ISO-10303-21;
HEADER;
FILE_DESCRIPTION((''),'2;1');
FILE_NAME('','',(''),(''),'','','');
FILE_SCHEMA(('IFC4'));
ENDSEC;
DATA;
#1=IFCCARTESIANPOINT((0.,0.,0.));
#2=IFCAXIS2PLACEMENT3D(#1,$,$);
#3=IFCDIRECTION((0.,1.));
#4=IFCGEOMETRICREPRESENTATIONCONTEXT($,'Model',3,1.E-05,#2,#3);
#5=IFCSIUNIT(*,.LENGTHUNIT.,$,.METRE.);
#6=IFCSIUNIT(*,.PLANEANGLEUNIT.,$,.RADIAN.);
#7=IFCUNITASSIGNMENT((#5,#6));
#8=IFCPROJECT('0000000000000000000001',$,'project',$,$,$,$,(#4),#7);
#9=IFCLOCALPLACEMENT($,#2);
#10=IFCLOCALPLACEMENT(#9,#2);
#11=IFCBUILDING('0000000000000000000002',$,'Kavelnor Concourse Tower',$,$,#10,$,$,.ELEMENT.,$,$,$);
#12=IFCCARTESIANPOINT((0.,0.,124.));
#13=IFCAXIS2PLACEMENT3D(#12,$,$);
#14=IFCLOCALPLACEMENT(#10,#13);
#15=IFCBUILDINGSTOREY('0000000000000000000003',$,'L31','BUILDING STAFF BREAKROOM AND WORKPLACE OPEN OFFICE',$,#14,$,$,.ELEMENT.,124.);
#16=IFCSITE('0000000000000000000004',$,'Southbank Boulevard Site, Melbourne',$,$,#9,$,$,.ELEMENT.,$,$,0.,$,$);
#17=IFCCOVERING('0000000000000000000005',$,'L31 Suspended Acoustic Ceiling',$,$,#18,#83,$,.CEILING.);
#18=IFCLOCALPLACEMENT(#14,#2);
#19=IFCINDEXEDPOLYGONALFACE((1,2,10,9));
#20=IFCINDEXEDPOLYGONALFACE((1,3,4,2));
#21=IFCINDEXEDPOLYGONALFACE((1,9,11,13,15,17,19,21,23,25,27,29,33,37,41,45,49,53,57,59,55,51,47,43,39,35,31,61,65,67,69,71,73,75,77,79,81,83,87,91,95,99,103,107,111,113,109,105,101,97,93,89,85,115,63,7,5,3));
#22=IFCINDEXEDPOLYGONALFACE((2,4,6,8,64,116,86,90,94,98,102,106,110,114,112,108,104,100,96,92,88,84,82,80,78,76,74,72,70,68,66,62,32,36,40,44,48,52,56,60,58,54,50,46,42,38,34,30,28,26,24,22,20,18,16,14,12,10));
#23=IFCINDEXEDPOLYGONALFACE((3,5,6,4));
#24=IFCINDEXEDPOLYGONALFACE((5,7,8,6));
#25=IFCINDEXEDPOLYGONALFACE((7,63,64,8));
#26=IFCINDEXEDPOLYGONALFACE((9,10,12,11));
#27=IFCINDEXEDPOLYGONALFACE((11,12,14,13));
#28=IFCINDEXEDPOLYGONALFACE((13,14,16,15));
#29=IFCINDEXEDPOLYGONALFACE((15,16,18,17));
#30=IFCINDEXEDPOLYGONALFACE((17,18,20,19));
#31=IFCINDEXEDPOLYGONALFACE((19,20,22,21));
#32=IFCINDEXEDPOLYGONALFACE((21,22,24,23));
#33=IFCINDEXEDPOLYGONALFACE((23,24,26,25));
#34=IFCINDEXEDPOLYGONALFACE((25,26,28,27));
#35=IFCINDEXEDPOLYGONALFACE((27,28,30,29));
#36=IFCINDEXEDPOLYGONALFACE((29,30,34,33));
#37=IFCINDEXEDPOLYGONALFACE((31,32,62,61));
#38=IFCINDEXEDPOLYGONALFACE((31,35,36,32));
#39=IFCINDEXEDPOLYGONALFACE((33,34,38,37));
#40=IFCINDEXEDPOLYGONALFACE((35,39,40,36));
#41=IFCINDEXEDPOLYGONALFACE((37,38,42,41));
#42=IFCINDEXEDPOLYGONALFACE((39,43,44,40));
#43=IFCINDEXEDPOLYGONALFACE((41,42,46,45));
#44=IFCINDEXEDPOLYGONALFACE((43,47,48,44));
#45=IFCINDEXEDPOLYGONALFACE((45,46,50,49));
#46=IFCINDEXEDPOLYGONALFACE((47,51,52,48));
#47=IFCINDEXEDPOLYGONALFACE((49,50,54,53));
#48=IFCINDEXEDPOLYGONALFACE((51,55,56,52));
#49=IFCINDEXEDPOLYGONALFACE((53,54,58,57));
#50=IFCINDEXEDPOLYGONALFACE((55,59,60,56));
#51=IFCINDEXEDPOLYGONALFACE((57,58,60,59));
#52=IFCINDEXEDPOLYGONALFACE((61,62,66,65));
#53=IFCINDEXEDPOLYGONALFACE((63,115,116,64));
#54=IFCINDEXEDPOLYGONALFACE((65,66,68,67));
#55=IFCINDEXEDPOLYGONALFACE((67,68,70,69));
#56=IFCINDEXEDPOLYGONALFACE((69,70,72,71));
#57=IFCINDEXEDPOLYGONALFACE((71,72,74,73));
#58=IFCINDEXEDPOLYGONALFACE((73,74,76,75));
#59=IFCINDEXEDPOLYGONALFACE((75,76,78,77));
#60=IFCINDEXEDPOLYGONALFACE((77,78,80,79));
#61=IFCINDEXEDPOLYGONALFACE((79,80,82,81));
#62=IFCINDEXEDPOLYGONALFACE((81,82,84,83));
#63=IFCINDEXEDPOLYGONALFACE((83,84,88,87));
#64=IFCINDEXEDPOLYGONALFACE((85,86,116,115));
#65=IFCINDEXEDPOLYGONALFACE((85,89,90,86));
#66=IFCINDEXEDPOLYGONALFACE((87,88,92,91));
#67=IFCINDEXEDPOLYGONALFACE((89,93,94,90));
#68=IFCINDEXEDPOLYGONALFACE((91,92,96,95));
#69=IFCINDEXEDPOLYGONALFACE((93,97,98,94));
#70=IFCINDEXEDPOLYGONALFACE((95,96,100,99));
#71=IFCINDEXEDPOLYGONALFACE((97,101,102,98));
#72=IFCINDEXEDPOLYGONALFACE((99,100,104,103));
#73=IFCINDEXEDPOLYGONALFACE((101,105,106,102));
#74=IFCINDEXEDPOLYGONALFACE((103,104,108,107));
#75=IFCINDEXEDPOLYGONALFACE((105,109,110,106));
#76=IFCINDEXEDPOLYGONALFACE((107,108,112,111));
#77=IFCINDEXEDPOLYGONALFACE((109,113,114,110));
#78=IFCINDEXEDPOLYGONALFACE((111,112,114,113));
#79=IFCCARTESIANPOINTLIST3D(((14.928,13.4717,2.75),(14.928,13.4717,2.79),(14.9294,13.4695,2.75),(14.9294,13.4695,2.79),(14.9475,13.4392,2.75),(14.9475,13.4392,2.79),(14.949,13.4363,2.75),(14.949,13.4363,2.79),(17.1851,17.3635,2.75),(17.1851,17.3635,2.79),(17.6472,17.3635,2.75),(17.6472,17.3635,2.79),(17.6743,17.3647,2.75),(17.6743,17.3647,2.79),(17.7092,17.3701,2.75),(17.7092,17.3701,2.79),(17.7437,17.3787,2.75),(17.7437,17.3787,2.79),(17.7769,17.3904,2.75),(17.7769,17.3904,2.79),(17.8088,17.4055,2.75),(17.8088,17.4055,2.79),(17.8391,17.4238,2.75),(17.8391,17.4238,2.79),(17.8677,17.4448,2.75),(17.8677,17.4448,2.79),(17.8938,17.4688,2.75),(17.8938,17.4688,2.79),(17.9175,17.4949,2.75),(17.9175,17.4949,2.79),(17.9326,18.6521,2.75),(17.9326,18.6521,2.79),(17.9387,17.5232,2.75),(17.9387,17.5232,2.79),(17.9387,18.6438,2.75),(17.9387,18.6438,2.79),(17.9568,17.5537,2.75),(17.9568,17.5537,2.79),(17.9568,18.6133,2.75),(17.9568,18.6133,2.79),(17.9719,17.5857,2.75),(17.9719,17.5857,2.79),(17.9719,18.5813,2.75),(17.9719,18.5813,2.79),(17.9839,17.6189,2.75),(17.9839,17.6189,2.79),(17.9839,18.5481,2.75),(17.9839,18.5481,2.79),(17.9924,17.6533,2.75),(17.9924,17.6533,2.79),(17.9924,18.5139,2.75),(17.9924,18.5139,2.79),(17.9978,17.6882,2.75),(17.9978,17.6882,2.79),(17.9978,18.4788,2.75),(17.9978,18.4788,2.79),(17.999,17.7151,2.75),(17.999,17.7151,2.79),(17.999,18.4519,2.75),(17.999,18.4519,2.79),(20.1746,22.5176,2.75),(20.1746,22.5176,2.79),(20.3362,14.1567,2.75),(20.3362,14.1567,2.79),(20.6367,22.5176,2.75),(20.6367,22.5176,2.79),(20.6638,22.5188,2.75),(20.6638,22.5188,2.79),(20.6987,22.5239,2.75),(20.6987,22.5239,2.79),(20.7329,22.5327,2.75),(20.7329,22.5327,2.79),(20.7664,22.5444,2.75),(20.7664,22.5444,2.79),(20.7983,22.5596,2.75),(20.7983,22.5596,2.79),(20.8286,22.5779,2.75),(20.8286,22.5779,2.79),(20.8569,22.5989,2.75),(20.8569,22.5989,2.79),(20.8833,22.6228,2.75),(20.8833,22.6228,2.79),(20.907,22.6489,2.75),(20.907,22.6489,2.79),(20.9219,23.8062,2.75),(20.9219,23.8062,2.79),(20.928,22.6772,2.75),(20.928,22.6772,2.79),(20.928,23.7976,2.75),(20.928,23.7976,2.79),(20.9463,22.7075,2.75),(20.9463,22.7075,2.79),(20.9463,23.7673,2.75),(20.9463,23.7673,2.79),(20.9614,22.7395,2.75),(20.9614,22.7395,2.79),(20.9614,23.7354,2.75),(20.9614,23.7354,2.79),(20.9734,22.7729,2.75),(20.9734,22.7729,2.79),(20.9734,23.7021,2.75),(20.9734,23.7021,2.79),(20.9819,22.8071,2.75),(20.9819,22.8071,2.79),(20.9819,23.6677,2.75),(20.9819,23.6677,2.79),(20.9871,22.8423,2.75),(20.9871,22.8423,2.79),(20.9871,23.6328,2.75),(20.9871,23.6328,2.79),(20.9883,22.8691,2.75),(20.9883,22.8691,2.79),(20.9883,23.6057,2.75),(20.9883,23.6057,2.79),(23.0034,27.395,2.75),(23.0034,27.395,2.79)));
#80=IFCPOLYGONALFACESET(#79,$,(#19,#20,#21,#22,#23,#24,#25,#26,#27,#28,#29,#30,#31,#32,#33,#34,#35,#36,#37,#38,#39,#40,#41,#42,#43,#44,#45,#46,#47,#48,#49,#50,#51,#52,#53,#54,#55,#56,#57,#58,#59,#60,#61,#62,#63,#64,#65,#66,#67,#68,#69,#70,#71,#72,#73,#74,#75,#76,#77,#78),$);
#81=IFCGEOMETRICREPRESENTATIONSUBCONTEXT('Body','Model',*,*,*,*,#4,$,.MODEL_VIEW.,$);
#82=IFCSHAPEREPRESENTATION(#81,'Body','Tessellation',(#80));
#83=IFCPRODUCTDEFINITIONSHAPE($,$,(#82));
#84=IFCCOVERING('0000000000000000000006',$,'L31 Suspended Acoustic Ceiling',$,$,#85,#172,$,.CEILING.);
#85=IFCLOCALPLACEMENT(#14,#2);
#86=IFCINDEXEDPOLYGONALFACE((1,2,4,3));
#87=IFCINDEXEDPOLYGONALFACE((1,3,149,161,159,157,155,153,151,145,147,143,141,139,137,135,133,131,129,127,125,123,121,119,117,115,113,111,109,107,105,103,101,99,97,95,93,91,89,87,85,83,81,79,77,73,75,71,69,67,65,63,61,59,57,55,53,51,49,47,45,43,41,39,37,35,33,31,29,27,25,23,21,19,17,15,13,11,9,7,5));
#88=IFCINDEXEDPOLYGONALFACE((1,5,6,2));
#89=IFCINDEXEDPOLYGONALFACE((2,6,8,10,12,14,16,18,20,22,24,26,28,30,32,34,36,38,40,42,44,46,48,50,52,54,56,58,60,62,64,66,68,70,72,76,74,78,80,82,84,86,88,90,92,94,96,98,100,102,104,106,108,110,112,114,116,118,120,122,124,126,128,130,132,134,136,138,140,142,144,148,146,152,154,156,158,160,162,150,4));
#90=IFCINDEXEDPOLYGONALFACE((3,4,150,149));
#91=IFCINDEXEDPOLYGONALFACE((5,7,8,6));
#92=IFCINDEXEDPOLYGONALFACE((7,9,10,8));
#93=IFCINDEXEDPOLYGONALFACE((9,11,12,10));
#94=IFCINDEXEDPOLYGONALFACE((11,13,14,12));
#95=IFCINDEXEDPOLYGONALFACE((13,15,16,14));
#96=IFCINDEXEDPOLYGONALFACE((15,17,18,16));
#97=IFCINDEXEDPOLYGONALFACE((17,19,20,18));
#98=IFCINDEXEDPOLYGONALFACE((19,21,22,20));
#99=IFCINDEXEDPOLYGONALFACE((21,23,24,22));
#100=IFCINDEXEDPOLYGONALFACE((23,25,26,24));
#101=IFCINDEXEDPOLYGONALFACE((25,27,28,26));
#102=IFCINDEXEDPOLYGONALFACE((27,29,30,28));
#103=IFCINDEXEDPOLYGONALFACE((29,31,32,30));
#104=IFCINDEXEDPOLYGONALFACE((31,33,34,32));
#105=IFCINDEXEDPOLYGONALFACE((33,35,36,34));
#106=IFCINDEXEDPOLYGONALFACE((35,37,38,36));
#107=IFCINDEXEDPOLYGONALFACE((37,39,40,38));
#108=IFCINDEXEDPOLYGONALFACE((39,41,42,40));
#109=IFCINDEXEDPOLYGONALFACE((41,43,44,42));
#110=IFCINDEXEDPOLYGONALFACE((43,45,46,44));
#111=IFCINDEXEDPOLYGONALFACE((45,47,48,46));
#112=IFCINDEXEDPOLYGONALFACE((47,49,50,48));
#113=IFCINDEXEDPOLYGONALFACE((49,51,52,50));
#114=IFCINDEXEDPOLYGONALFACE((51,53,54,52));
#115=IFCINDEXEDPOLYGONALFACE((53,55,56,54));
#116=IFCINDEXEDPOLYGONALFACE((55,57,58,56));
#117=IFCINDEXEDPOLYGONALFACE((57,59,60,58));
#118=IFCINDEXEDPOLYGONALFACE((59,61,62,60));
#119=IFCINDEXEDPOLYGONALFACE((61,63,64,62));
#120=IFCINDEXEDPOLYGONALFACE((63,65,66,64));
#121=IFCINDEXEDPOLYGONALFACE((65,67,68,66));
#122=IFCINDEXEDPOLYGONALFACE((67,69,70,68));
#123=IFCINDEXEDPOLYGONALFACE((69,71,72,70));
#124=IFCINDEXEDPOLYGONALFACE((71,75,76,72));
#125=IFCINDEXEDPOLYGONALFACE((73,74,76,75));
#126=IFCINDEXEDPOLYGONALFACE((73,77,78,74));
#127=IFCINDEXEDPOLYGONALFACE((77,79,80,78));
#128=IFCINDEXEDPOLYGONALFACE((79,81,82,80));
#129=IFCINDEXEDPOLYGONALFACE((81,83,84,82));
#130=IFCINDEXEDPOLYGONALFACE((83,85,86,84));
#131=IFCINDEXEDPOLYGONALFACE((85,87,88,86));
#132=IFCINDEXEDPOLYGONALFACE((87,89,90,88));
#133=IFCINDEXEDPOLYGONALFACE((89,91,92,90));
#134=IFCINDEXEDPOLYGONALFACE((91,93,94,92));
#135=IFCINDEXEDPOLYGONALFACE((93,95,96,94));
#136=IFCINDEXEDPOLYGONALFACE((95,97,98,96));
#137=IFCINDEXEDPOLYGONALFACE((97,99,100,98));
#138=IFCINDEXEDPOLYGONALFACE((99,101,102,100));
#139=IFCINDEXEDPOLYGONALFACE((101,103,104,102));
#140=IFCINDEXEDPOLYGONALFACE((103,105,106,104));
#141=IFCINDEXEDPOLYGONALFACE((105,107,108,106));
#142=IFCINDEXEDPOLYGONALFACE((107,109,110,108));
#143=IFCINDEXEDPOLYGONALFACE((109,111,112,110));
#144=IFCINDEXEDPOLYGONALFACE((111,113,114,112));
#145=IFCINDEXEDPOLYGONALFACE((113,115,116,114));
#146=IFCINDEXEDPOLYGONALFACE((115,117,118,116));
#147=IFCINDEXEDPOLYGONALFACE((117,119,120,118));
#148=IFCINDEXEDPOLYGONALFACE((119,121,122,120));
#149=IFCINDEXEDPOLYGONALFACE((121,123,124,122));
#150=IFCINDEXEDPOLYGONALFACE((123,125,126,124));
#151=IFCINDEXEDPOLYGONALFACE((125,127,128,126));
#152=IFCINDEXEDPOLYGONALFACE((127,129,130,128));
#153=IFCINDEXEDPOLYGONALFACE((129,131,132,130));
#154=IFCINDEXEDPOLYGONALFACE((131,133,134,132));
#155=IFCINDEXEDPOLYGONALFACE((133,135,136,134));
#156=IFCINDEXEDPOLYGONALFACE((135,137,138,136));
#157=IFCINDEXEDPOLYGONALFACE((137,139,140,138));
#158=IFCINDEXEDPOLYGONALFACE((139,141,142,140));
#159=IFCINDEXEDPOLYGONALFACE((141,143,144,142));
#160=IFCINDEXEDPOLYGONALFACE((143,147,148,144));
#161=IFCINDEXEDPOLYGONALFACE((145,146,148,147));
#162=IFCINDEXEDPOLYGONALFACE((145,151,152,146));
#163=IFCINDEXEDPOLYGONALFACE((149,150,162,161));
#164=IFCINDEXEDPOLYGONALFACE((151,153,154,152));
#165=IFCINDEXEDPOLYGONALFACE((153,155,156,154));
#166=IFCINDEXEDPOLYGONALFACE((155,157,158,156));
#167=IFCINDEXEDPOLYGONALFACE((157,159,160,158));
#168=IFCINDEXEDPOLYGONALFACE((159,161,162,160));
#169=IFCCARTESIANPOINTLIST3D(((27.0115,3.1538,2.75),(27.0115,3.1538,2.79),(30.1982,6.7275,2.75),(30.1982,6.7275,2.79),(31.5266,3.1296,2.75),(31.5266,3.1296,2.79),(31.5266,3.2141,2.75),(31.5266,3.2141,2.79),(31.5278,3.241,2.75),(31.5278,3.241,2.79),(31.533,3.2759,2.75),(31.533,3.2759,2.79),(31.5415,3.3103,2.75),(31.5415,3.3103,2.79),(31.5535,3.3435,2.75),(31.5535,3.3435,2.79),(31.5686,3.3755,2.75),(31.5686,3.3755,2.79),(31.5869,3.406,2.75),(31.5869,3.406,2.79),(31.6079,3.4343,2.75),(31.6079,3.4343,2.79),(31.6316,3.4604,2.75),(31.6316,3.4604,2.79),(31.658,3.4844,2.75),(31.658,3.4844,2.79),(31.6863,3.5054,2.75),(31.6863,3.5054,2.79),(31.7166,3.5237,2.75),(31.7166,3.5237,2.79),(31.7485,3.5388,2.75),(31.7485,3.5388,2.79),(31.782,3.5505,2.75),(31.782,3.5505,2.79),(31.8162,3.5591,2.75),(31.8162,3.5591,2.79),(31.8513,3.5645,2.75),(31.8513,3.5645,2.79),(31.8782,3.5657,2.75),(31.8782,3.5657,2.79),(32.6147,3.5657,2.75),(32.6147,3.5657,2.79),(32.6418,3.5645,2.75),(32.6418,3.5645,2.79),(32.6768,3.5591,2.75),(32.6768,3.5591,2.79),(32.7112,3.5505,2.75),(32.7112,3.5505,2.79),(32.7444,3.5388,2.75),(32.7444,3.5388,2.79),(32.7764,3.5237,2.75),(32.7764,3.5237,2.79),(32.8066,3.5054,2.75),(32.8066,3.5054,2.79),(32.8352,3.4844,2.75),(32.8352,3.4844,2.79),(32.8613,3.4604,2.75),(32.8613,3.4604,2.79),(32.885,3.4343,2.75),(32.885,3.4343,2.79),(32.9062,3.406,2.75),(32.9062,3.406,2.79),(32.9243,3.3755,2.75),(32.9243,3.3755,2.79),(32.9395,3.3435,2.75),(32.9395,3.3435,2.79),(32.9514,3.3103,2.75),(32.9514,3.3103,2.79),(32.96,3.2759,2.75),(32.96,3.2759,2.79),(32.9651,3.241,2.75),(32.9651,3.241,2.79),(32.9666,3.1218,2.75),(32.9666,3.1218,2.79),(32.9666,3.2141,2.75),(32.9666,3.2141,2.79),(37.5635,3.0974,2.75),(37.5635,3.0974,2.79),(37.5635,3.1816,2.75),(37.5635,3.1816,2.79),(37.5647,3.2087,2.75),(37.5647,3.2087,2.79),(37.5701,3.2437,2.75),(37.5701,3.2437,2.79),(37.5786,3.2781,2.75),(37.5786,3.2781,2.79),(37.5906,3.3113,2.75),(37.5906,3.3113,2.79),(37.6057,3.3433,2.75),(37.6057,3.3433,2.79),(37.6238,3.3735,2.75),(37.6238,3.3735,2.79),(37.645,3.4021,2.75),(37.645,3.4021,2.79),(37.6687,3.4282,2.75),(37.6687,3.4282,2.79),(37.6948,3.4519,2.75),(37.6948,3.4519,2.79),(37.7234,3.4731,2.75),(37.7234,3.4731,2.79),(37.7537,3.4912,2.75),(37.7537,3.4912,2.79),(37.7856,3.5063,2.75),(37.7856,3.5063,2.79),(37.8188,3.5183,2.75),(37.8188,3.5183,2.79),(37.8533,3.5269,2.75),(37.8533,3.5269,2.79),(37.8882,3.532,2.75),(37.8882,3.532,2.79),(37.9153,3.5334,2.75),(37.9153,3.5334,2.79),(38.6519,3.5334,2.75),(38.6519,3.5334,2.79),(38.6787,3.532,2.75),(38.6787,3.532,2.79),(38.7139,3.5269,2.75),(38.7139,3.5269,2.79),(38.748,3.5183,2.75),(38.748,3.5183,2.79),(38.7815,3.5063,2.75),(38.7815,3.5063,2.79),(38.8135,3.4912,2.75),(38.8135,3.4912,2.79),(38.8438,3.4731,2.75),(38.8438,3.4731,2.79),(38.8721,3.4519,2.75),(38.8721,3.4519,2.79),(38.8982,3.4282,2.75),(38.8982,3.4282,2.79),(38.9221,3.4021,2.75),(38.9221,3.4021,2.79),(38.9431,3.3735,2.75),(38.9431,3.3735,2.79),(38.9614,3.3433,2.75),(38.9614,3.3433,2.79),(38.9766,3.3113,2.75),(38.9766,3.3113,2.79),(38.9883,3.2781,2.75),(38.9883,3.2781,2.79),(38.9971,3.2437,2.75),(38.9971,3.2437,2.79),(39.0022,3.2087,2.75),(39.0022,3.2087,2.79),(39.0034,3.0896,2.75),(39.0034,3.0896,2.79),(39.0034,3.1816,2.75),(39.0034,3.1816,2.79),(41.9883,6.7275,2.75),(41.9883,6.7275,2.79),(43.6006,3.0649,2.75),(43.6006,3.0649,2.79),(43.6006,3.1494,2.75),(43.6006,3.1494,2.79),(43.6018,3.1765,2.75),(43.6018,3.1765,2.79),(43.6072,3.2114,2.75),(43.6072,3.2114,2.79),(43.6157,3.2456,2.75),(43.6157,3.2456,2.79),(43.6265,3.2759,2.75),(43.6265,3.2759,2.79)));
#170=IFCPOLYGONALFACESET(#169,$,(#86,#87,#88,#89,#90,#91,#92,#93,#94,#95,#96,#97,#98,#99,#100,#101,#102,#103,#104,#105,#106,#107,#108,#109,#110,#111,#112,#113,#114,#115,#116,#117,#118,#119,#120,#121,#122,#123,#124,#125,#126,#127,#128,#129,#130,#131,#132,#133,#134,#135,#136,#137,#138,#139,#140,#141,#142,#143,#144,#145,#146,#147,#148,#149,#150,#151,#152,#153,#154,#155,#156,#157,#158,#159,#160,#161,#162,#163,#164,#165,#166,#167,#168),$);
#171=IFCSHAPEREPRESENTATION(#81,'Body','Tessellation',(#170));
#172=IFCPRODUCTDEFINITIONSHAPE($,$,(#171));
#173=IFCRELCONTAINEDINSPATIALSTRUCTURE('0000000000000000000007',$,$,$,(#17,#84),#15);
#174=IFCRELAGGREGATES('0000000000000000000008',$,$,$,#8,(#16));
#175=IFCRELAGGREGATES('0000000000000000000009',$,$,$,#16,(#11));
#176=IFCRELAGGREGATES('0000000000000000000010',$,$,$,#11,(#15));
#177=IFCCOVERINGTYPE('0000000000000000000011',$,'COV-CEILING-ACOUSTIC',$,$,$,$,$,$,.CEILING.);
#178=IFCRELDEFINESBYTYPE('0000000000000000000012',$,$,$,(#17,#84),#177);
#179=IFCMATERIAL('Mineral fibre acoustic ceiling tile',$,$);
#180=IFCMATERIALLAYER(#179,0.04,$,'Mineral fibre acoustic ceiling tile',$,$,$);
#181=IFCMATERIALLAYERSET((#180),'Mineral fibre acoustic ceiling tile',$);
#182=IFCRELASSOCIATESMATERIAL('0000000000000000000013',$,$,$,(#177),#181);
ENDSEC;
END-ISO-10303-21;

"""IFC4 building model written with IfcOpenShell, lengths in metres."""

from ifc_helpers import new_model, si_unit, direction, frame, origin, place, context, subcontext, project, spatial, polyline, outline, extrude, material, layer, layer_set, type_object, element, save


model = new_model("IFC4")

# Units and contexts
model_context = context("Model", 3, precision=1e-05, world=origin(), true_north=direction((0.0, 1.0)))
body_context = subcontext(model_context, "Body", "Model", "MODEL_VIEW")
ifc_project = project(units=[si_unit("LENGTHUNIT", "METRE"), si_unit("PLANEANGLEUNIT", "RADIAN")], contexts=[model_context])

# Site, building, storey
site_placement = place(None, origin())
site = spatial("IfcSite", under=ifc_project, at=site_placement, Name="Southbank Boulevard Site, Melbourne", CompositionType="ELEMENT", RefElevation=0.0)
building_placement = place(site_placement, origin())
building = spatial("IfcBuilding", under=site, at=building_placement, Name="Kavelnor Concourse Tower", CompositionType="ELEMENT")
storey_placement = place(building_placement, frame((0.0, 0.0, 124.0)))
storey = spatial("IfcBuildingStorey", under=building, at=storey_placement, Name="L31", Description="BUILDING STAFF BREAKROOM AND WORKPLACE OPEN OFFICE", CompositionType="ELEMENT", Elevation=124.0)

# Coverings
ifc_material_1 = material(Name="Mineral fibre acoustic ceiling tile")
ifc_layer_1 = layer(ifc_material_1, 0.04, Name="Mineral fibre acoustic ceiling tile")
ifc_layer_set_1 = layer_set([ifc_layer_1], Name="Mineral fibre acoustic ceiling tile")
covering_type = type_object("IfcCoveringType", Name="COV-CEILING-ACOUSTIC", PredefinedType="CEILING", material=ifc_layer_set_1)
covering_1_placement = place(storey_placement, frame((0.0, 0.0, 2.75)))
element("IfcCovering", 1, at=covering_1_placement, inside=storey, type_object=covering_type, Name="L31 Suspended Acoustic Ceiling", PredefinedType="CEILING", context=body_context, shape_type="SweptSolid", body=[
    extrude(outline(polyline([(14.9475, 13.4392), (14.9294, 13.4695), (14.928, 13.4717), (17.1851, 17.3635), (17.6472, 17.3635), (17.6743, 17.3647), (17.7092, 17.3701), (17.7437, 17.3787), (17.7769, 17.3904), (17.8088, 17.4055), (17.8391, 17.4238), (17.8677, 17.4448), (17.8938, 17.4688), (17.9175, 17.4949), (17.9387, 17.5232), (17.9568, 17.5537), (17.9719, 17.5857), (17.9839, 17.6189), (17.9924, 17.6533), (17.9978, 17.6882), (17.999, 17.7151), (17.999, 18.4519), (17.9978, 18.4788), (17.9924, 18.5139), (17.9839, 18.5481), (17.9719, 18.5813), (17.9568, 18.6133), (17.9387, 18.6438), (17.9326, 18.6521), (20.1746, 22.5176), (20.6367, 22.5176), (20.6638, 22.5188), (20.6987, 22.5239), (20.7329, 22.5327), (20.7664, 22.5444), (20.7983, 22.5596), (20.8286, 22.5779), (20.8569, 22.5989), (20.8833, 22.6228), (20.907, 22.6489), (20.928, 22.6772), (20.9463, 22.7075), (20.9614, 22.7395), (20.9734, 22.7729), (20.9819, 22.8071), (20.9871, 22.8423), (20.9883, 22.8691), (20.9883, 23.6057), (20.9871, 23.6328), (20.9819, 23.6677), (20.9734, 23.7021), (20.9614, 23.7354), (20.9463, 23.7673), (20.928, 23.7976), (20.9219, 23.8062), (23.0034, 27.395), (20.3362, 14.1567), (14.949, 13.4363), (14.9475, 13.4392)])), origin(), (0.0, 0.0, 1.0), 0.04),
])
covering_2_placement = place(storey_placement, frame((0.0, 0.0, 2.75)))
element("IfcCovering", 2, at=covering_2_placement, inside=storey, type_object=covering_type, Name="L31 Suspended Acoustic Ceiling", PredefinedType="CEILING", context=body_context, shape_type="SweptSolid", body=[
    extrude(outline(polyline([(30.1982, 6.7275), (41.9883, 6.7275), (43.6265, 3.2759), (43.6157, 3.2456), (43.6072, 3.2114), (43.6018, 3.1765), (43.6006, 3.1494), (43.6006, 3.0649), (39.0034, 3.0896), (39.0034, 3.1816), (39.0022, 3.2087), (38.9971, 3.2437), (38.9883, 3.2781), (38.9766, 3.3113), (38.9614, 3.3433), (38.9431, 3.3735), (38.9221, 3.4021), (38.8982, 3.4282), (38.8721, 3.4519), (38.8438, 3.4731), (38.8135, 3.4912), (38.7815, 3.5063), (38.748, 3.5183), (38.7139, 3.5269), (38.6787, 3.532), (38.6519, 3.5334), (37.9153, 3.5334), (37.8882, 3.532), (37.8533, 3.5269), (37.8188, 3.5183), (37.7856, 3.5063), (37.7537, 3.4912), (37.7234, 3.4731), (37.6948, 3.4519), (37.6687, 3.4282), (37.645, 3.4021), (37.6238, 3.3735), (37.6057, 3.3433), (37.5906, 3.3113), (37.5786, 3.2781), (37.5701, 3.2437), (37.5647, 3.2087), (37.5635, 3.1816), (37.5635, 3.0974), (32.9666, 3.1218), (32.9666, 3.2141), (32.9651, 3.241), (32.96, 3.2759), (32.9514, 3.3103), (32.9395, 3.3435), (32.9243, 3.3755), (32.9062, 3.406), (32.885, 3.4343), (32.8613, 3.4604), (32.8352, 3.4844), (32.8066, 3.5054), (32.7764, 3.5237), (32.7444, 3.5388), (32.7112, 3.5505), (32.6768, 3.5591), (32.6418, 3.5645), (32.6147, 3.5657), (31.8782, 3.5657), (31.8513, 3.5645), (31.8162, 3.5591), (31.782, 3.5505), (31.7485, 3.5388), (31.7166, 3.5237), (31.6863, 3.5054), (31.658, 3.4844), (31.6316, 3.4604), (31.6079, 3.4343), (31.5869, 3.406), (31.5686, 3.3755), (31.5535, 3.3435), (31.5415, 3.3103), (31.533, 3.2759), (31.5278, 3.241), (31.5266, 3.2141), (31.5266, 3.1296), (27.0115, 3.1538), (30.1982, 6.7275)])), origin(), (0.0, 0.0, 1.0), 0.04),
])

save(model, "model.ifc")
